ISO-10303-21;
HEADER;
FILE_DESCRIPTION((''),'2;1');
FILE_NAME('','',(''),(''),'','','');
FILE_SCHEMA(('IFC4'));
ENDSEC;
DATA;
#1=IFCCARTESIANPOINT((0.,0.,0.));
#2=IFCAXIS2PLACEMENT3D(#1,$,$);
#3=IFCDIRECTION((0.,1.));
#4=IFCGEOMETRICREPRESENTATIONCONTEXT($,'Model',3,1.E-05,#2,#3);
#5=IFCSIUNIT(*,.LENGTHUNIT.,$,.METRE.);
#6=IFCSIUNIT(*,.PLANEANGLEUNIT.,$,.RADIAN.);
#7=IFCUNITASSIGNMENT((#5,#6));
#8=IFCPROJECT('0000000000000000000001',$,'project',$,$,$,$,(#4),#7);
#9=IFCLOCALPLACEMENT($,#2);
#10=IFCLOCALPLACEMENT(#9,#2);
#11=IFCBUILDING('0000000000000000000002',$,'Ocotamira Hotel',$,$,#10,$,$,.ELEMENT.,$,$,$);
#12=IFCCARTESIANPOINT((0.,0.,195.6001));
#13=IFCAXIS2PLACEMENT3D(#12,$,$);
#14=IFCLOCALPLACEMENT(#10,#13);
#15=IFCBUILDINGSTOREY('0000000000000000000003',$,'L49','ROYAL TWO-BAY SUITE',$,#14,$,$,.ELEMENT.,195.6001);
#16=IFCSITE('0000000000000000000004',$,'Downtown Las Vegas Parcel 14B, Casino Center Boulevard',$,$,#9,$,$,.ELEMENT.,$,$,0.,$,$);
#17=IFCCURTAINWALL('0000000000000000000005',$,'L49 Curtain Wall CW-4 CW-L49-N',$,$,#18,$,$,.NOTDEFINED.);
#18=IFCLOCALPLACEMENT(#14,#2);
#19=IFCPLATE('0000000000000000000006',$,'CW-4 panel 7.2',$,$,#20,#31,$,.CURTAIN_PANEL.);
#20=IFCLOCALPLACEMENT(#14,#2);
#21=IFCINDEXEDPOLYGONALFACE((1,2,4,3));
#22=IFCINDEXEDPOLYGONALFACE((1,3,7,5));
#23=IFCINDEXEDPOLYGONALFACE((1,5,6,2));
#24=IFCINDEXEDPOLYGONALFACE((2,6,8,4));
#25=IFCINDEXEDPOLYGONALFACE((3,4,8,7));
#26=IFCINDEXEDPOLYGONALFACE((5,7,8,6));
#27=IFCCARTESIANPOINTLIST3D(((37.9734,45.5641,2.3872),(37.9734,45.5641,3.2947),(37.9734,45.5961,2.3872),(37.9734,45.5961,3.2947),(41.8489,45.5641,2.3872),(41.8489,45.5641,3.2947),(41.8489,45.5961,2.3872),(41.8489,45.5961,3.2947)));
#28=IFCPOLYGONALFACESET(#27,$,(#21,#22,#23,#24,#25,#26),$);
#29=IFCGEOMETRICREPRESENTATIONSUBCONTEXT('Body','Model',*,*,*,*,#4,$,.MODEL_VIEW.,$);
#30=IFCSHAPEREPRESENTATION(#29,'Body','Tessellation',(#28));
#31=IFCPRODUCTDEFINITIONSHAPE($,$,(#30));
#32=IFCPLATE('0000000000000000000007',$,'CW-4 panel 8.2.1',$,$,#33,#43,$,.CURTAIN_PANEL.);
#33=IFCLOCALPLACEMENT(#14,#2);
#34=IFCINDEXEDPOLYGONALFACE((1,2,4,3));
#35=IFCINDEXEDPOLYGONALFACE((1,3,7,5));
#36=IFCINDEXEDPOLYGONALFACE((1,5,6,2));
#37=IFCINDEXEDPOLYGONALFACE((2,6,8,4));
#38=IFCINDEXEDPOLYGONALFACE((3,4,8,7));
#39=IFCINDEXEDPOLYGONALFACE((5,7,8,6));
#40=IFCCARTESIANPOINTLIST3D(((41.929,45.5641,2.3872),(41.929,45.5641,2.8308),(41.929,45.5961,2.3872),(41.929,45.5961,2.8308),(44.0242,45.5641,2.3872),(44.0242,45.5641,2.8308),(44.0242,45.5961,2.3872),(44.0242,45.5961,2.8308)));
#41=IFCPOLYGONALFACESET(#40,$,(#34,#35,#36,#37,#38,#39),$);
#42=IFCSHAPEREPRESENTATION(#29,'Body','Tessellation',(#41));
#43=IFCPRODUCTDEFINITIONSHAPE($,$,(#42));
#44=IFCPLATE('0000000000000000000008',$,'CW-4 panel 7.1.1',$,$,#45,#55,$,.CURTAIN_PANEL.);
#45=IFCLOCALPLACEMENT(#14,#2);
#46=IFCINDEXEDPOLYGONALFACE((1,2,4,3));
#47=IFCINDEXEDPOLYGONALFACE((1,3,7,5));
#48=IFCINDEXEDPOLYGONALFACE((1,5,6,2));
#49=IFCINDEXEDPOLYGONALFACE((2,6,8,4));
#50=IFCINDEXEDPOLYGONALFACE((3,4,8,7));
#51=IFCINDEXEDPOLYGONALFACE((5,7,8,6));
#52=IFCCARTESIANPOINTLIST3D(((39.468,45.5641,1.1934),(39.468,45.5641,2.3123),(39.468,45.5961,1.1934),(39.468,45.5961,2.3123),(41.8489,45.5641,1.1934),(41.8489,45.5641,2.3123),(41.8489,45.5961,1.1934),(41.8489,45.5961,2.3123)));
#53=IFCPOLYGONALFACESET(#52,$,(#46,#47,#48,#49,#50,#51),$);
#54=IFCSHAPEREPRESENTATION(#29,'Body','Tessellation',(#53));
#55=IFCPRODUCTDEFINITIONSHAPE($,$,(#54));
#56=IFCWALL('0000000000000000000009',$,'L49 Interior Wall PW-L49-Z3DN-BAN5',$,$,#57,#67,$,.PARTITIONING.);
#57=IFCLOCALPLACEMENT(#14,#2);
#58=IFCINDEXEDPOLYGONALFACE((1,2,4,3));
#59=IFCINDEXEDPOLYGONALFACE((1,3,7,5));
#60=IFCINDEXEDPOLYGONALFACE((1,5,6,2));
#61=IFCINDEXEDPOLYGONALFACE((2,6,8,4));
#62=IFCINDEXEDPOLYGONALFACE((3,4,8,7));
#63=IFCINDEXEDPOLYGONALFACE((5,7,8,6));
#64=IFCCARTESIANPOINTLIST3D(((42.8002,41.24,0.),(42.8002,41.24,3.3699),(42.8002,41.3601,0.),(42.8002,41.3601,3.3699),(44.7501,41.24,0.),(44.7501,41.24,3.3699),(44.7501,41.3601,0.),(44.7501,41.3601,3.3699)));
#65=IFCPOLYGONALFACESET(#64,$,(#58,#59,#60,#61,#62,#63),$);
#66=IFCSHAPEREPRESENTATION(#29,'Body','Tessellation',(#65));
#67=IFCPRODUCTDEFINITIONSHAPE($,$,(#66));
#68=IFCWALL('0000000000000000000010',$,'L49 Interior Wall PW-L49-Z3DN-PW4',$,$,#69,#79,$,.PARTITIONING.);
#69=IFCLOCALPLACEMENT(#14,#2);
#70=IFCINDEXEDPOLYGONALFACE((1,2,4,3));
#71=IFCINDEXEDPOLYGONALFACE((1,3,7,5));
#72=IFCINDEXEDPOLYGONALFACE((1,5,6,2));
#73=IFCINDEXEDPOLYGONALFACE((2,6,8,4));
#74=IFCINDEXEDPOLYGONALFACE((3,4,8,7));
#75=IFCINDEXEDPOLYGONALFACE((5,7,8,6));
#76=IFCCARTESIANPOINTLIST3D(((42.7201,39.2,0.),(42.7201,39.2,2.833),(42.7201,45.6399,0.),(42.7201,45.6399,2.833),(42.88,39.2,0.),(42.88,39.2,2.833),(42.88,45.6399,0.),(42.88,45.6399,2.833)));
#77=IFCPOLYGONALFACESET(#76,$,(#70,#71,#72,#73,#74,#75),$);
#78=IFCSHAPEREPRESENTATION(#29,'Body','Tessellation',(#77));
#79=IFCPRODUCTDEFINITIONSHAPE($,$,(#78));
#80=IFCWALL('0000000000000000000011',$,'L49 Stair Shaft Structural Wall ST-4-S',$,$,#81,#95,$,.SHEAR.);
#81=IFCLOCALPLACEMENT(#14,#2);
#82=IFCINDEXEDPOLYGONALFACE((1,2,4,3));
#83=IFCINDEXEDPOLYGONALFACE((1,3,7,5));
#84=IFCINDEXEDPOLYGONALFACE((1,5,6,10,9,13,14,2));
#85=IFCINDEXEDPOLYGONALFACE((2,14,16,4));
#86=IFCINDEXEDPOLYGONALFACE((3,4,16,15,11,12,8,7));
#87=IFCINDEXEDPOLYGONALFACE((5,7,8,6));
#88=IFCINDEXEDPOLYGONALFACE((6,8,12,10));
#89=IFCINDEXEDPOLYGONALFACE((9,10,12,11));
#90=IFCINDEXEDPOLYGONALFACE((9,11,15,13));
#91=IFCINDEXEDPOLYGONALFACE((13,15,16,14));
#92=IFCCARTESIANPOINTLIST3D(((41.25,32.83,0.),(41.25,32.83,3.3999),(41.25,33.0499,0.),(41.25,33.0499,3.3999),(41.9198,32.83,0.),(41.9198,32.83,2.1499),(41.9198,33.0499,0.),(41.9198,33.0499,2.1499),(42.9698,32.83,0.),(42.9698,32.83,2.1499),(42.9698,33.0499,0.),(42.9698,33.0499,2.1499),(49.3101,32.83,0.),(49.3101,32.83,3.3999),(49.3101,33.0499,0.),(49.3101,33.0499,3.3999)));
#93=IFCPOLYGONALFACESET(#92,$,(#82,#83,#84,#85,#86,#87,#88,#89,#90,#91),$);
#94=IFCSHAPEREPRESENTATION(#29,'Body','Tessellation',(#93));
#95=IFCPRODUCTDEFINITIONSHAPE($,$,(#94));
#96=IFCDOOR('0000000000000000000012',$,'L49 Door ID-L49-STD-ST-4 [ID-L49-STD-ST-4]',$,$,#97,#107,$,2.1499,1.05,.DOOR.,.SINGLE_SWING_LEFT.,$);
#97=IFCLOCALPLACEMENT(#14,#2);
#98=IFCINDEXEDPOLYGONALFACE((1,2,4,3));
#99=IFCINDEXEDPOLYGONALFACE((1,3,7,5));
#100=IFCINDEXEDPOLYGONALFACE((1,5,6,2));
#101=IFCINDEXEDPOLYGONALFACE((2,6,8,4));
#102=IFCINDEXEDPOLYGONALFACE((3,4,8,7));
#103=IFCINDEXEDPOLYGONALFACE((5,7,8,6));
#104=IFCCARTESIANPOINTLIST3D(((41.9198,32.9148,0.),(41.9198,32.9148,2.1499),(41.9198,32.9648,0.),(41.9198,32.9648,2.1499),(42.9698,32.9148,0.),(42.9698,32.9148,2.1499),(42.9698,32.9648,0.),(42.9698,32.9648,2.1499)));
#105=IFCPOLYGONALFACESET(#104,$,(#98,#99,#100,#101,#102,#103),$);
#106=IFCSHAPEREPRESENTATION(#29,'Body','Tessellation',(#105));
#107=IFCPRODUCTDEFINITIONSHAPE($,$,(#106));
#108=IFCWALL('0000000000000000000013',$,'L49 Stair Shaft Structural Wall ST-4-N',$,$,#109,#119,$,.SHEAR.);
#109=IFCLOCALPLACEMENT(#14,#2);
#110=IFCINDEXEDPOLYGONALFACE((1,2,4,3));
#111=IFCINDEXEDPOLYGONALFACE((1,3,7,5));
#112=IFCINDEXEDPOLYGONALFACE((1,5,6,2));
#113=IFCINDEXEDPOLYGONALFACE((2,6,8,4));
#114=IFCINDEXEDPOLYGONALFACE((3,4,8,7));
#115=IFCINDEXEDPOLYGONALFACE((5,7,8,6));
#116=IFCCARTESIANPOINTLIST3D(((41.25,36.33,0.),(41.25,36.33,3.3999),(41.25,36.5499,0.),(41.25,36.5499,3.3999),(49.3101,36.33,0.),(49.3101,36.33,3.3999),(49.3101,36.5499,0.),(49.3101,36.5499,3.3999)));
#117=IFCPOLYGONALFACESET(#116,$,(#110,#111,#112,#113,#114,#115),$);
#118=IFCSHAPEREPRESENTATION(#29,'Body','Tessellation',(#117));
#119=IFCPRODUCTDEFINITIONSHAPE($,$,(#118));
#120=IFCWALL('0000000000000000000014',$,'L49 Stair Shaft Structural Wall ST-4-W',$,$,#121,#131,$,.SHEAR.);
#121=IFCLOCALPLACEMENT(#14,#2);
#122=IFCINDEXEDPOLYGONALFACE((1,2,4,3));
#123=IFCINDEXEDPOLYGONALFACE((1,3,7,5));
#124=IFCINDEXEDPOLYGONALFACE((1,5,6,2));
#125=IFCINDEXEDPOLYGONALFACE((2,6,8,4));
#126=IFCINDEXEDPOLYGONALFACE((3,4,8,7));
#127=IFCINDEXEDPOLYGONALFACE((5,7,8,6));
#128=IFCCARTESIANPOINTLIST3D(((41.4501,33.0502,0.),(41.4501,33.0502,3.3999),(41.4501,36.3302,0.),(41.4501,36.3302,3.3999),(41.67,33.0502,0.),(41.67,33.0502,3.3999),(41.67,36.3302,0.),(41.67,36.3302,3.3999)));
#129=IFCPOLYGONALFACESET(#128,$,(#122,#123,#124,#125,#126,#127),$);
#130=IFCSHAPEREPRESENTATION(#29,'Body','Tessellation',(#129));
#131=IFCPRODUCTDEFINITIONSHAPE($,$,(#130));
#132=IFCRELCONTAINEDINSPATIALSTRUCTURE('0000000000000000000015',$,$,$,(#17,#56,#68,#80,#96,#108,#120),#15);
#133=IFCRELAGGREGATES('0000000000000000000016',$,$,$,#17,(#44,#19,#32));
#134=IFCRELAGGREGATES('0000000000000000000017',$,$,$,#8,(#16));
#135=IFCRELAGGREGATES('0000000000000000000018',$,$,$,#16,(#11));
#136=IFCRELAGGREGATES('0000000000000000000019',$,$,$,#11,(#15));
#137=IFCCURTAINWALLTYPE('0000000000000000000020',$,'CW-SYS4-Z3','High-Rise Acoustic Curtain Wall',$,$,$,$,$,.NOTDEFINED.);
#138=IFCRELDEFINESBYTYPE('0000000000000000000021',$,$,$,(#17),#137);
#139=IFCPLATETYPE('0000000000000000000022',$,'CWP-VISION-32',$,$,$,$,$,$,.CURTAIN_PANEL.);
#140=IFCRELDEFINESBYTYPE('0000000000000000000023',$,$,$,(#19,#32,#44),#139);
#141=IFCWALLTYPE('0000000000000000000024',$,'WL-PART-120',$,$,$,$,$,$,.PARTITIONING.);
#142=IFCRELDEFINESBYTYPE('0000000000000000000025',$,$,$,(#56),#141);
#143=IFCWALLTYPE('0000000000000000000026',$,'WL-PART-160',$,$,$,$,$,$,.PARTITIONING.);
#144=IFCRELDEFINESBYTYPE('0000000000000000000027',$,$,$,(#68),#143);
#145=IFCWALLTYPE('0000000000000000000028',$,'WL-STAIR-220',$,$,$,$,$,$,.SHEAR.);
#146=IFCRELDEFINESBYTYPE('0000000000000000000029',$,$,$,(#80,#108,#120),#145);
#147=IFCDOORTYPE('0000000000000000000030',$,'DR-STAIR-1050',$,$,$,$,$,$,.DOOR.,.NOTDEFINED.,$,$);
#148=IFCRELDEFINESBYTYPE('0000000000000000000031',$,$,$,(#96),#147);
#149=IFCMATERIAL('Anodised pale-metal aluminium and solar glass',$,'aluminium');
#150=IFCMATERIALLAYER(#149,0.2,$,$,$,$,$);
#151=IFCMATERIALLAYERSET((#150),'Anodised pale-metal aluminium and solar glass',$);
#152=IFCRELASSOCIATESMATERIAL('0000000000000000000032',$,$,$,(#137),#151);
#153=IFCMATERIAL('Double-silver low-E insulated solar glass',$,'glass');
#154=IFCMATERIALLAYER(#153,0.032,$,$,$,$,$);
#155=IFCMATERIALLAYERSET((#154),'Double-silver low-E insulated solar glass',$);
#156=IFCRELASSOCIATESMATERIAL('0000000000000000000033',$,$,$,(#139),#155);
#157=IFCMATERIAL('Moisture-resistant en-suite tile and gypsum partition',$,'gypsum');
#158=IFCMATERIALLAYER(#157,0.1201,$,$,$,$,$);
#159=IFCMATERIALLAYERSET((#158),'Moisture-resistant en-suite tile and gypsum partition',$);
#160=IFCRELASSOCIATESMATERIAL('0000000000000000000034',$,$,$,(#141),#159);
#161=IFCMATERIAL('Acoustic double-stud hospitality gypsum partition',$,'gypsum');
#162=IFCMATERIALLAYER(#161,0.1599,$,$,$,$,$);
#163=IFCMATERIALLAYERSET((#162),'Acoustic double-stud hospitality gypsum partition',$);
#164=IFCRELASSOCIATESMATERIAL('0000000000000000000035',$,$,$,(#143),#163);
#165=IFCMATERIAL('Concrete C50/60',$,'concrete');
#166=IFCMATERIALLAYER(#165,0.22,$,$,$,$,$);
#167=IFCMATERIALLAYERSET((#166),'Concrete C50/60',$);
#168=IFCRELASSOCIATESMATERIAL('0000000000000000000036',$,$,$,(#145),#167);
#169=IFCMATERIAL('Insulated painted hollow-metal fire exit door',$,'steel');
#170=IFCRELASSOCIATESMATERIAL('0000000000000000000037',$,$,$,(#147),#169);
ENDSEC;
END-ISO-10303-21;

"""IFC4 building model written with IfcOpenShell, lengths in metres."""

from ifc_helpers import new_model, si_unit, direction, frame, frame_2d, origin, origin_2d, place, context, subcontext, project, spatial, rectangle, extrude, source, transform, mapped, material, layer, layer_set, type_object, element, fill, aggregate, save


model = new_model("IFC4")

# Units and contexts
model_context = context("Model", 3, precision=1e-05, world=origin(), true_north=direction((0.0, 1.0)))
body_context = subcontext(model_context, "Body", "Model", "MODEL_VIEW")
ifc_project = project(units=[si_unit("LENGTHUNIT", "METRE"), si_unit("PLANEANGLEUNIT", "RADIAN")], contexts=[model_context])

# Site, building, storey
site_placement = place(None, origin())
site = spatial("IfcSite", under=ifc_project, at=site_placement, Name="Downtown Las Vegas Parcel 14B, Casino Center Boulevard", CompositionType="ELEMENT", RefElevation=0.0)
building_placement = place(site_placement, origin())
building = spatial("IfcBuilding", under=site, at=building_placement, Name="Ocotamira Hotel", CompositionType="ELEMENT")
storey_placement = place(building_placement, frame((0.0, 0.0, 195.6001)))
storey = spatial("IfcBuildingStorey", under=building, at=storey_placement, Name="L49", Description="ROYAL TWO-BAY SUITE", CompositionType="ELEMENT", Elevation=195.6001)

# Shared definitions
ifc_material_1 = material(Name="Concrete C50/60", Category="concrete")

# Curtain wall
ifc_material_2 = material(Name="Anodised pale-metal aluminium and solar glass", Category="aluminium")
ifc_layer_1 = layer(ifc_material_2, 0.2)
ifc_layer_set_1 = layer_set([ifc_layer_1], Name="Anodised pale-metal aluminium and solar glass")
curtain_wall_type = type_object("IfcCurtainWallType", Name="CW-SYS4-Z3", Description="High-Rise Acoustic Curtain Wall", PredefinedType="NOTDEFINED", material=ifc_layer_set_1)
curtain_wall_placement = place(storey_placement, origin())
curtain_wall = element("IfcCurtainWall", 1, at=curtain_wall_placement, inside=storey, type_object=curtain_wall_type, Name="L49 Curtain Wall CW-4 CW-L49-N", PredefinedType="NOTDEFINED")

# Plates
ifc_material_3 = material(Name="Double-silver low-E insulated solar glass", Category="glass")
ifc_layer_2 = layer(ifc_material_3, 0.032)
ifc_layer_set_2 = layer_set([ifc_layer_2], Name="Double-silver low-E insulated solar glass")
plate_type_1 = type_object("IfcPlateType", Name="CWP-VISION-32", PredefinedType="CURTAIN_PANEL", material=ifc_layer_set_2)
shared_shape_1 = source(origin(), body_context, "Body", "SweptSolid", [
    extrude(rectangle(XDim=3.8755, YDim=0.032, at=origin_2d()), origin(), (0.0, 0.0, 1.0), 0.9075),
])
plate_1_placement = place(storey_placement, frame((39.9111, 45.5801, 2.3872), z_axis=(0.0, 0.0, 1.0), x_axis=(1.0, 0.0, 0.0)))
plate_1 = element("IfcPlate", 2, at=plate_1_placement, type_object=plate_type_1, Name="CW-4 panel 7.2", PredefinedType="CURTAIN_PANEL", context=body_context, shape_type="MappedRepresentation", body=[
    mapped(shared_shape_1, transform((0.0, 0.0, 0.0), scale=1.0)),
])
shared_shape_2 = source(origin(), body_context, "Body", "SweptSolid", [
    extrude(rectangle(XDim=2.0952, YDim=0.032, at=origin_2d()), origin(), (0.0, 0.0, 1.0), 0.4436),
])
plate_2_placement = place(storey_placement, frame((42.9766, 45.5801, 2.3872), z_axis=(0.0, 0.0, 1.0), x_axis=(1.0, 0.0, 0.0)))
plate_2 = element("IfcPlate", 3, at=plate_2_placement, type_object=plate_type_1, Name="CW-4 panel 8.2.1", PredefinedType="CURTAIN_PANEL", context=body_context, shape_type="MappedRepresentation", body=[
    mapped(shared_shape_2, transform((0.0, 0.0, 0.0), scale=1.0)),
])
shared_shape_3 = source(origin(), body_context, "Body", "SweptSolid", [
    extrude(rectangle(XDim=2.3809, YDim=0.032, at=origin_2d()), origin(), (0.0, 0.0, 1.0), 1.1189),
])
plate_3_placement = place(storey_placement, frame((40.6584, 45.5801, 1.1934), z_axis=(0.0, 0.0, 1.0), x_axis=(1.0, 0.0, 0.0)))
plate_3 = element("IfcPlate", 4, at=plate_3_placement, type_object=plate_type_1, Name="CW-4 panel 7.1.1", PredefinedType="CURTAIN_PANEL", context=body_context, shape_type="MappedRepresentation", body=[
    mapped(shared_shape_3, transform((0.0, 0.0, 0.0), scale=1.0)),
])
aggregate(curtain_wall, [plate_3, plate_1, plate_2])

# Walls
ifc_material_4 = material(Name="Moisture-resistant en-suite tile and gypsum partition", Category="gypsum")
ifc_layer_3 = layer(ifc_material_4, 0.1201)
ifc_layer_set_3 = layer_set([ifc_layer_3], Name="Moisture-resistant en-suite tile and gypsum partition")
wall_type_1 = type_object("IfcWallType", Name="WL-PART-120", PredefinedType="PARTITIONING", material=ifc_layer_set_3)
wall_1_placement = place(storey_placement, frame((42.8, 41.3, 0.0), z_axis=(0.0, 0.0, 1.0), x_axis=(1.0, 0.0, 0.0)))
element("IfcWall", 5, at=wall_1_placement, inside=storey, type_object=wall_type_1, Name="L49 Interior Wall PW-L49-Z3DN-BAN5", PredefinedType="PARTITIONING", context=body_context, shape_type="SweptSolid", body=[
    extrude(rectangle(XDim=1.95, YDim=0.1201, at=frame_2d((0.9751, 0.0))), origin(), (0.0, 0.0, 1.0), 3.3699),
])
ifc_material_5 = material(Name="Acoustic double-stud hospitality gypsum partition", Category="gypsum")
ifc_layer_4 = layer(ifc_material_5, 0.1599)
ifc_layer_set_4 = layer_set([ifc_layer_4], Name="Acoustic double-stud hospitality gypsum partition")
wall_type_2 = type_object("IfcWallType", Name="WL-PART-160", PredefinedType="PARTITIONING", material=ifc_layer_set_4)
wall_2_placement = place(storey_placement, frame((42.8, 39.2, 0.0), z_axis=(0.0, 0.0, 1.0), x_axis=(0.0, 1.0, 0.0)))
element("IfcWall", 6, at=wall_2_placement, inside=storey, type_object=wall_type_2, Name="L49 Interior Wall PW-L49-Z3DN-PW4", PredefinedType="PARTITIONING", context=body_context, shape_type="SweptSolid", body=[
    extrude(rectangle(XDim=6.4399, YDim=0.1599, at=frame_2d((3.22, 0.0))), origin(), (0.0, 0.0, 1.0), 2.833),
])

# Wall, opening, door
ifc_layer_5 = layer(ifc_material_1, 0.22)
ifc_layer_set_5 = layer_set([ifc_layer_5], Name="Concrete C50/60")
wall_type_3 = type_object("IfcWallType", Name="WL-STAIR-220", PredefinedType="SHEAR", material=ifc_layer_set_5)
wall_3_placement = place(storey_placement, frame((41.25, 32.9399, 0.0), z_axis=(0.0, 0.0, 1.0), x_axis=(1.0, 0.0, 0.0)))
wall_3 = element("IfcWall", 7, at=wall_3_placement, inside=storey, type_object=wall_type_3, Name="L49 Stair Shaft Structural Wall ST-4-S", PredefinedType="SHEAR", context=body_context, shape_type="SweptSolid", body=[
    extrude(rectangle(XDim=8.0601, YDim=0.22, at=frame_2d((4.03, 0.0))), origin(), (0.0, 0.0, 1.0), 3.3999),
])
opening_1_placement = place(wall_3_placement, frame((0.6699, 0.0, 0.0)))
opening_1 = element("IfcOpeningElement", 8, at=opening_1_placement, cuts=wall_3, PredefinedType="OPENING", context=body_context, shape_type="SweptSolid", body=[
    extrude(rectangle(XDim=1.05, YDim=2.1499, at=frame_2d((0.5249, 1.075))), frame((0.0, 0.1201, 0.0), z_axis=(0.0, -1.0, 0.0), x_axis=(1.0, 0.0, 0.0)), (0.0, 0.0, 1.0), 0.24),
])
ifc_material_6 = material(Name="Insulated painted hollow-metal fire exit door", Category="steel")
door_type_1 = type_object("IfcDoorType", Name="DR-STAIR-1050", OperationType="NOTDEFINED", PredefinedType="DOOR", material=ifc_material_6)
shared_shape_4 = source(origin(), body_context, "Body", "SweptSolid", [
    extrude(rectangle(XDim=1.05, YDim=2.1499, at=frame_2d((0.5249, 1.075))), frame((0.0, 0.0249, 0.0), z_axis=(0.0, -1.0, 0.0), x_axis=(1.0, 0.0, 0.0)), (0.0, 0.0, 1.0), 0.05),
])
door_1_placement = place(opening_1_placement, origin())
door_1 = element("IfcDoor", 9, at=door_1_placement, inside=storey, type_object=door_type_1, Name="L49 Door ID-L49-STD-ST-4 [ID-L49-STD-ST-4]", OperationType="SINGLE_SWING_LEFT", OverallHeight=2.1499, OverallWidth=1.05, PredefinedType="DOOR", context=body_context, shape_type="MappedRepresentation", body=[
    mapped(shared_shape_4, transform((0.0, 0.0, 0.0), scale=1.0)),
])
fill(opening_1, door_1)

# Walls
wall_4_placement = place(storey_placement, frame((41.25, 36.4399, 0.0), z_axis=(0.0, 0.0, 1.0), x_axis=(1.0, 0.0, 0.0)))
element("IfcWall", 10, at=wall_4_placement, inside=storey, type_object=wall_type_3, Name="L49 Stair Shaft Structural Wall ST-4-N", PredefinedType="SHEAR", context=body_context, shape_type="SweptSolid", body=[
    extrude(rectangle(XDim=8.0601, YDim=0.22, at=frame_2d((4.03, 0.0))), origin(), (0.0, 0.0, 1.0), 3.3999),
])
wall_5_placement = place(storey_placement, frame((41.5601, 33.05, 0.0), z_axis=(0.0, 0.0, 1.0), x_axis=(0.0, 1.0, 0.0)))
element("IfcWall", 11, at=wall_5_placement, inside=storey, type_object=wall_type_3, Name="L49 Stair Shaft Structural Wall ST-4-W", PredefinedType="SHEAR", context=body_context, shape_type="SweptSolid", body=[
    extrude(rectangle(XDim=3.28, YDim=0.22, at=frame_2d((1.6401, 0.0))), origin(), (0.0, 0.0, 1.0), 3.3999),
])

save(model, "model.ifc")
